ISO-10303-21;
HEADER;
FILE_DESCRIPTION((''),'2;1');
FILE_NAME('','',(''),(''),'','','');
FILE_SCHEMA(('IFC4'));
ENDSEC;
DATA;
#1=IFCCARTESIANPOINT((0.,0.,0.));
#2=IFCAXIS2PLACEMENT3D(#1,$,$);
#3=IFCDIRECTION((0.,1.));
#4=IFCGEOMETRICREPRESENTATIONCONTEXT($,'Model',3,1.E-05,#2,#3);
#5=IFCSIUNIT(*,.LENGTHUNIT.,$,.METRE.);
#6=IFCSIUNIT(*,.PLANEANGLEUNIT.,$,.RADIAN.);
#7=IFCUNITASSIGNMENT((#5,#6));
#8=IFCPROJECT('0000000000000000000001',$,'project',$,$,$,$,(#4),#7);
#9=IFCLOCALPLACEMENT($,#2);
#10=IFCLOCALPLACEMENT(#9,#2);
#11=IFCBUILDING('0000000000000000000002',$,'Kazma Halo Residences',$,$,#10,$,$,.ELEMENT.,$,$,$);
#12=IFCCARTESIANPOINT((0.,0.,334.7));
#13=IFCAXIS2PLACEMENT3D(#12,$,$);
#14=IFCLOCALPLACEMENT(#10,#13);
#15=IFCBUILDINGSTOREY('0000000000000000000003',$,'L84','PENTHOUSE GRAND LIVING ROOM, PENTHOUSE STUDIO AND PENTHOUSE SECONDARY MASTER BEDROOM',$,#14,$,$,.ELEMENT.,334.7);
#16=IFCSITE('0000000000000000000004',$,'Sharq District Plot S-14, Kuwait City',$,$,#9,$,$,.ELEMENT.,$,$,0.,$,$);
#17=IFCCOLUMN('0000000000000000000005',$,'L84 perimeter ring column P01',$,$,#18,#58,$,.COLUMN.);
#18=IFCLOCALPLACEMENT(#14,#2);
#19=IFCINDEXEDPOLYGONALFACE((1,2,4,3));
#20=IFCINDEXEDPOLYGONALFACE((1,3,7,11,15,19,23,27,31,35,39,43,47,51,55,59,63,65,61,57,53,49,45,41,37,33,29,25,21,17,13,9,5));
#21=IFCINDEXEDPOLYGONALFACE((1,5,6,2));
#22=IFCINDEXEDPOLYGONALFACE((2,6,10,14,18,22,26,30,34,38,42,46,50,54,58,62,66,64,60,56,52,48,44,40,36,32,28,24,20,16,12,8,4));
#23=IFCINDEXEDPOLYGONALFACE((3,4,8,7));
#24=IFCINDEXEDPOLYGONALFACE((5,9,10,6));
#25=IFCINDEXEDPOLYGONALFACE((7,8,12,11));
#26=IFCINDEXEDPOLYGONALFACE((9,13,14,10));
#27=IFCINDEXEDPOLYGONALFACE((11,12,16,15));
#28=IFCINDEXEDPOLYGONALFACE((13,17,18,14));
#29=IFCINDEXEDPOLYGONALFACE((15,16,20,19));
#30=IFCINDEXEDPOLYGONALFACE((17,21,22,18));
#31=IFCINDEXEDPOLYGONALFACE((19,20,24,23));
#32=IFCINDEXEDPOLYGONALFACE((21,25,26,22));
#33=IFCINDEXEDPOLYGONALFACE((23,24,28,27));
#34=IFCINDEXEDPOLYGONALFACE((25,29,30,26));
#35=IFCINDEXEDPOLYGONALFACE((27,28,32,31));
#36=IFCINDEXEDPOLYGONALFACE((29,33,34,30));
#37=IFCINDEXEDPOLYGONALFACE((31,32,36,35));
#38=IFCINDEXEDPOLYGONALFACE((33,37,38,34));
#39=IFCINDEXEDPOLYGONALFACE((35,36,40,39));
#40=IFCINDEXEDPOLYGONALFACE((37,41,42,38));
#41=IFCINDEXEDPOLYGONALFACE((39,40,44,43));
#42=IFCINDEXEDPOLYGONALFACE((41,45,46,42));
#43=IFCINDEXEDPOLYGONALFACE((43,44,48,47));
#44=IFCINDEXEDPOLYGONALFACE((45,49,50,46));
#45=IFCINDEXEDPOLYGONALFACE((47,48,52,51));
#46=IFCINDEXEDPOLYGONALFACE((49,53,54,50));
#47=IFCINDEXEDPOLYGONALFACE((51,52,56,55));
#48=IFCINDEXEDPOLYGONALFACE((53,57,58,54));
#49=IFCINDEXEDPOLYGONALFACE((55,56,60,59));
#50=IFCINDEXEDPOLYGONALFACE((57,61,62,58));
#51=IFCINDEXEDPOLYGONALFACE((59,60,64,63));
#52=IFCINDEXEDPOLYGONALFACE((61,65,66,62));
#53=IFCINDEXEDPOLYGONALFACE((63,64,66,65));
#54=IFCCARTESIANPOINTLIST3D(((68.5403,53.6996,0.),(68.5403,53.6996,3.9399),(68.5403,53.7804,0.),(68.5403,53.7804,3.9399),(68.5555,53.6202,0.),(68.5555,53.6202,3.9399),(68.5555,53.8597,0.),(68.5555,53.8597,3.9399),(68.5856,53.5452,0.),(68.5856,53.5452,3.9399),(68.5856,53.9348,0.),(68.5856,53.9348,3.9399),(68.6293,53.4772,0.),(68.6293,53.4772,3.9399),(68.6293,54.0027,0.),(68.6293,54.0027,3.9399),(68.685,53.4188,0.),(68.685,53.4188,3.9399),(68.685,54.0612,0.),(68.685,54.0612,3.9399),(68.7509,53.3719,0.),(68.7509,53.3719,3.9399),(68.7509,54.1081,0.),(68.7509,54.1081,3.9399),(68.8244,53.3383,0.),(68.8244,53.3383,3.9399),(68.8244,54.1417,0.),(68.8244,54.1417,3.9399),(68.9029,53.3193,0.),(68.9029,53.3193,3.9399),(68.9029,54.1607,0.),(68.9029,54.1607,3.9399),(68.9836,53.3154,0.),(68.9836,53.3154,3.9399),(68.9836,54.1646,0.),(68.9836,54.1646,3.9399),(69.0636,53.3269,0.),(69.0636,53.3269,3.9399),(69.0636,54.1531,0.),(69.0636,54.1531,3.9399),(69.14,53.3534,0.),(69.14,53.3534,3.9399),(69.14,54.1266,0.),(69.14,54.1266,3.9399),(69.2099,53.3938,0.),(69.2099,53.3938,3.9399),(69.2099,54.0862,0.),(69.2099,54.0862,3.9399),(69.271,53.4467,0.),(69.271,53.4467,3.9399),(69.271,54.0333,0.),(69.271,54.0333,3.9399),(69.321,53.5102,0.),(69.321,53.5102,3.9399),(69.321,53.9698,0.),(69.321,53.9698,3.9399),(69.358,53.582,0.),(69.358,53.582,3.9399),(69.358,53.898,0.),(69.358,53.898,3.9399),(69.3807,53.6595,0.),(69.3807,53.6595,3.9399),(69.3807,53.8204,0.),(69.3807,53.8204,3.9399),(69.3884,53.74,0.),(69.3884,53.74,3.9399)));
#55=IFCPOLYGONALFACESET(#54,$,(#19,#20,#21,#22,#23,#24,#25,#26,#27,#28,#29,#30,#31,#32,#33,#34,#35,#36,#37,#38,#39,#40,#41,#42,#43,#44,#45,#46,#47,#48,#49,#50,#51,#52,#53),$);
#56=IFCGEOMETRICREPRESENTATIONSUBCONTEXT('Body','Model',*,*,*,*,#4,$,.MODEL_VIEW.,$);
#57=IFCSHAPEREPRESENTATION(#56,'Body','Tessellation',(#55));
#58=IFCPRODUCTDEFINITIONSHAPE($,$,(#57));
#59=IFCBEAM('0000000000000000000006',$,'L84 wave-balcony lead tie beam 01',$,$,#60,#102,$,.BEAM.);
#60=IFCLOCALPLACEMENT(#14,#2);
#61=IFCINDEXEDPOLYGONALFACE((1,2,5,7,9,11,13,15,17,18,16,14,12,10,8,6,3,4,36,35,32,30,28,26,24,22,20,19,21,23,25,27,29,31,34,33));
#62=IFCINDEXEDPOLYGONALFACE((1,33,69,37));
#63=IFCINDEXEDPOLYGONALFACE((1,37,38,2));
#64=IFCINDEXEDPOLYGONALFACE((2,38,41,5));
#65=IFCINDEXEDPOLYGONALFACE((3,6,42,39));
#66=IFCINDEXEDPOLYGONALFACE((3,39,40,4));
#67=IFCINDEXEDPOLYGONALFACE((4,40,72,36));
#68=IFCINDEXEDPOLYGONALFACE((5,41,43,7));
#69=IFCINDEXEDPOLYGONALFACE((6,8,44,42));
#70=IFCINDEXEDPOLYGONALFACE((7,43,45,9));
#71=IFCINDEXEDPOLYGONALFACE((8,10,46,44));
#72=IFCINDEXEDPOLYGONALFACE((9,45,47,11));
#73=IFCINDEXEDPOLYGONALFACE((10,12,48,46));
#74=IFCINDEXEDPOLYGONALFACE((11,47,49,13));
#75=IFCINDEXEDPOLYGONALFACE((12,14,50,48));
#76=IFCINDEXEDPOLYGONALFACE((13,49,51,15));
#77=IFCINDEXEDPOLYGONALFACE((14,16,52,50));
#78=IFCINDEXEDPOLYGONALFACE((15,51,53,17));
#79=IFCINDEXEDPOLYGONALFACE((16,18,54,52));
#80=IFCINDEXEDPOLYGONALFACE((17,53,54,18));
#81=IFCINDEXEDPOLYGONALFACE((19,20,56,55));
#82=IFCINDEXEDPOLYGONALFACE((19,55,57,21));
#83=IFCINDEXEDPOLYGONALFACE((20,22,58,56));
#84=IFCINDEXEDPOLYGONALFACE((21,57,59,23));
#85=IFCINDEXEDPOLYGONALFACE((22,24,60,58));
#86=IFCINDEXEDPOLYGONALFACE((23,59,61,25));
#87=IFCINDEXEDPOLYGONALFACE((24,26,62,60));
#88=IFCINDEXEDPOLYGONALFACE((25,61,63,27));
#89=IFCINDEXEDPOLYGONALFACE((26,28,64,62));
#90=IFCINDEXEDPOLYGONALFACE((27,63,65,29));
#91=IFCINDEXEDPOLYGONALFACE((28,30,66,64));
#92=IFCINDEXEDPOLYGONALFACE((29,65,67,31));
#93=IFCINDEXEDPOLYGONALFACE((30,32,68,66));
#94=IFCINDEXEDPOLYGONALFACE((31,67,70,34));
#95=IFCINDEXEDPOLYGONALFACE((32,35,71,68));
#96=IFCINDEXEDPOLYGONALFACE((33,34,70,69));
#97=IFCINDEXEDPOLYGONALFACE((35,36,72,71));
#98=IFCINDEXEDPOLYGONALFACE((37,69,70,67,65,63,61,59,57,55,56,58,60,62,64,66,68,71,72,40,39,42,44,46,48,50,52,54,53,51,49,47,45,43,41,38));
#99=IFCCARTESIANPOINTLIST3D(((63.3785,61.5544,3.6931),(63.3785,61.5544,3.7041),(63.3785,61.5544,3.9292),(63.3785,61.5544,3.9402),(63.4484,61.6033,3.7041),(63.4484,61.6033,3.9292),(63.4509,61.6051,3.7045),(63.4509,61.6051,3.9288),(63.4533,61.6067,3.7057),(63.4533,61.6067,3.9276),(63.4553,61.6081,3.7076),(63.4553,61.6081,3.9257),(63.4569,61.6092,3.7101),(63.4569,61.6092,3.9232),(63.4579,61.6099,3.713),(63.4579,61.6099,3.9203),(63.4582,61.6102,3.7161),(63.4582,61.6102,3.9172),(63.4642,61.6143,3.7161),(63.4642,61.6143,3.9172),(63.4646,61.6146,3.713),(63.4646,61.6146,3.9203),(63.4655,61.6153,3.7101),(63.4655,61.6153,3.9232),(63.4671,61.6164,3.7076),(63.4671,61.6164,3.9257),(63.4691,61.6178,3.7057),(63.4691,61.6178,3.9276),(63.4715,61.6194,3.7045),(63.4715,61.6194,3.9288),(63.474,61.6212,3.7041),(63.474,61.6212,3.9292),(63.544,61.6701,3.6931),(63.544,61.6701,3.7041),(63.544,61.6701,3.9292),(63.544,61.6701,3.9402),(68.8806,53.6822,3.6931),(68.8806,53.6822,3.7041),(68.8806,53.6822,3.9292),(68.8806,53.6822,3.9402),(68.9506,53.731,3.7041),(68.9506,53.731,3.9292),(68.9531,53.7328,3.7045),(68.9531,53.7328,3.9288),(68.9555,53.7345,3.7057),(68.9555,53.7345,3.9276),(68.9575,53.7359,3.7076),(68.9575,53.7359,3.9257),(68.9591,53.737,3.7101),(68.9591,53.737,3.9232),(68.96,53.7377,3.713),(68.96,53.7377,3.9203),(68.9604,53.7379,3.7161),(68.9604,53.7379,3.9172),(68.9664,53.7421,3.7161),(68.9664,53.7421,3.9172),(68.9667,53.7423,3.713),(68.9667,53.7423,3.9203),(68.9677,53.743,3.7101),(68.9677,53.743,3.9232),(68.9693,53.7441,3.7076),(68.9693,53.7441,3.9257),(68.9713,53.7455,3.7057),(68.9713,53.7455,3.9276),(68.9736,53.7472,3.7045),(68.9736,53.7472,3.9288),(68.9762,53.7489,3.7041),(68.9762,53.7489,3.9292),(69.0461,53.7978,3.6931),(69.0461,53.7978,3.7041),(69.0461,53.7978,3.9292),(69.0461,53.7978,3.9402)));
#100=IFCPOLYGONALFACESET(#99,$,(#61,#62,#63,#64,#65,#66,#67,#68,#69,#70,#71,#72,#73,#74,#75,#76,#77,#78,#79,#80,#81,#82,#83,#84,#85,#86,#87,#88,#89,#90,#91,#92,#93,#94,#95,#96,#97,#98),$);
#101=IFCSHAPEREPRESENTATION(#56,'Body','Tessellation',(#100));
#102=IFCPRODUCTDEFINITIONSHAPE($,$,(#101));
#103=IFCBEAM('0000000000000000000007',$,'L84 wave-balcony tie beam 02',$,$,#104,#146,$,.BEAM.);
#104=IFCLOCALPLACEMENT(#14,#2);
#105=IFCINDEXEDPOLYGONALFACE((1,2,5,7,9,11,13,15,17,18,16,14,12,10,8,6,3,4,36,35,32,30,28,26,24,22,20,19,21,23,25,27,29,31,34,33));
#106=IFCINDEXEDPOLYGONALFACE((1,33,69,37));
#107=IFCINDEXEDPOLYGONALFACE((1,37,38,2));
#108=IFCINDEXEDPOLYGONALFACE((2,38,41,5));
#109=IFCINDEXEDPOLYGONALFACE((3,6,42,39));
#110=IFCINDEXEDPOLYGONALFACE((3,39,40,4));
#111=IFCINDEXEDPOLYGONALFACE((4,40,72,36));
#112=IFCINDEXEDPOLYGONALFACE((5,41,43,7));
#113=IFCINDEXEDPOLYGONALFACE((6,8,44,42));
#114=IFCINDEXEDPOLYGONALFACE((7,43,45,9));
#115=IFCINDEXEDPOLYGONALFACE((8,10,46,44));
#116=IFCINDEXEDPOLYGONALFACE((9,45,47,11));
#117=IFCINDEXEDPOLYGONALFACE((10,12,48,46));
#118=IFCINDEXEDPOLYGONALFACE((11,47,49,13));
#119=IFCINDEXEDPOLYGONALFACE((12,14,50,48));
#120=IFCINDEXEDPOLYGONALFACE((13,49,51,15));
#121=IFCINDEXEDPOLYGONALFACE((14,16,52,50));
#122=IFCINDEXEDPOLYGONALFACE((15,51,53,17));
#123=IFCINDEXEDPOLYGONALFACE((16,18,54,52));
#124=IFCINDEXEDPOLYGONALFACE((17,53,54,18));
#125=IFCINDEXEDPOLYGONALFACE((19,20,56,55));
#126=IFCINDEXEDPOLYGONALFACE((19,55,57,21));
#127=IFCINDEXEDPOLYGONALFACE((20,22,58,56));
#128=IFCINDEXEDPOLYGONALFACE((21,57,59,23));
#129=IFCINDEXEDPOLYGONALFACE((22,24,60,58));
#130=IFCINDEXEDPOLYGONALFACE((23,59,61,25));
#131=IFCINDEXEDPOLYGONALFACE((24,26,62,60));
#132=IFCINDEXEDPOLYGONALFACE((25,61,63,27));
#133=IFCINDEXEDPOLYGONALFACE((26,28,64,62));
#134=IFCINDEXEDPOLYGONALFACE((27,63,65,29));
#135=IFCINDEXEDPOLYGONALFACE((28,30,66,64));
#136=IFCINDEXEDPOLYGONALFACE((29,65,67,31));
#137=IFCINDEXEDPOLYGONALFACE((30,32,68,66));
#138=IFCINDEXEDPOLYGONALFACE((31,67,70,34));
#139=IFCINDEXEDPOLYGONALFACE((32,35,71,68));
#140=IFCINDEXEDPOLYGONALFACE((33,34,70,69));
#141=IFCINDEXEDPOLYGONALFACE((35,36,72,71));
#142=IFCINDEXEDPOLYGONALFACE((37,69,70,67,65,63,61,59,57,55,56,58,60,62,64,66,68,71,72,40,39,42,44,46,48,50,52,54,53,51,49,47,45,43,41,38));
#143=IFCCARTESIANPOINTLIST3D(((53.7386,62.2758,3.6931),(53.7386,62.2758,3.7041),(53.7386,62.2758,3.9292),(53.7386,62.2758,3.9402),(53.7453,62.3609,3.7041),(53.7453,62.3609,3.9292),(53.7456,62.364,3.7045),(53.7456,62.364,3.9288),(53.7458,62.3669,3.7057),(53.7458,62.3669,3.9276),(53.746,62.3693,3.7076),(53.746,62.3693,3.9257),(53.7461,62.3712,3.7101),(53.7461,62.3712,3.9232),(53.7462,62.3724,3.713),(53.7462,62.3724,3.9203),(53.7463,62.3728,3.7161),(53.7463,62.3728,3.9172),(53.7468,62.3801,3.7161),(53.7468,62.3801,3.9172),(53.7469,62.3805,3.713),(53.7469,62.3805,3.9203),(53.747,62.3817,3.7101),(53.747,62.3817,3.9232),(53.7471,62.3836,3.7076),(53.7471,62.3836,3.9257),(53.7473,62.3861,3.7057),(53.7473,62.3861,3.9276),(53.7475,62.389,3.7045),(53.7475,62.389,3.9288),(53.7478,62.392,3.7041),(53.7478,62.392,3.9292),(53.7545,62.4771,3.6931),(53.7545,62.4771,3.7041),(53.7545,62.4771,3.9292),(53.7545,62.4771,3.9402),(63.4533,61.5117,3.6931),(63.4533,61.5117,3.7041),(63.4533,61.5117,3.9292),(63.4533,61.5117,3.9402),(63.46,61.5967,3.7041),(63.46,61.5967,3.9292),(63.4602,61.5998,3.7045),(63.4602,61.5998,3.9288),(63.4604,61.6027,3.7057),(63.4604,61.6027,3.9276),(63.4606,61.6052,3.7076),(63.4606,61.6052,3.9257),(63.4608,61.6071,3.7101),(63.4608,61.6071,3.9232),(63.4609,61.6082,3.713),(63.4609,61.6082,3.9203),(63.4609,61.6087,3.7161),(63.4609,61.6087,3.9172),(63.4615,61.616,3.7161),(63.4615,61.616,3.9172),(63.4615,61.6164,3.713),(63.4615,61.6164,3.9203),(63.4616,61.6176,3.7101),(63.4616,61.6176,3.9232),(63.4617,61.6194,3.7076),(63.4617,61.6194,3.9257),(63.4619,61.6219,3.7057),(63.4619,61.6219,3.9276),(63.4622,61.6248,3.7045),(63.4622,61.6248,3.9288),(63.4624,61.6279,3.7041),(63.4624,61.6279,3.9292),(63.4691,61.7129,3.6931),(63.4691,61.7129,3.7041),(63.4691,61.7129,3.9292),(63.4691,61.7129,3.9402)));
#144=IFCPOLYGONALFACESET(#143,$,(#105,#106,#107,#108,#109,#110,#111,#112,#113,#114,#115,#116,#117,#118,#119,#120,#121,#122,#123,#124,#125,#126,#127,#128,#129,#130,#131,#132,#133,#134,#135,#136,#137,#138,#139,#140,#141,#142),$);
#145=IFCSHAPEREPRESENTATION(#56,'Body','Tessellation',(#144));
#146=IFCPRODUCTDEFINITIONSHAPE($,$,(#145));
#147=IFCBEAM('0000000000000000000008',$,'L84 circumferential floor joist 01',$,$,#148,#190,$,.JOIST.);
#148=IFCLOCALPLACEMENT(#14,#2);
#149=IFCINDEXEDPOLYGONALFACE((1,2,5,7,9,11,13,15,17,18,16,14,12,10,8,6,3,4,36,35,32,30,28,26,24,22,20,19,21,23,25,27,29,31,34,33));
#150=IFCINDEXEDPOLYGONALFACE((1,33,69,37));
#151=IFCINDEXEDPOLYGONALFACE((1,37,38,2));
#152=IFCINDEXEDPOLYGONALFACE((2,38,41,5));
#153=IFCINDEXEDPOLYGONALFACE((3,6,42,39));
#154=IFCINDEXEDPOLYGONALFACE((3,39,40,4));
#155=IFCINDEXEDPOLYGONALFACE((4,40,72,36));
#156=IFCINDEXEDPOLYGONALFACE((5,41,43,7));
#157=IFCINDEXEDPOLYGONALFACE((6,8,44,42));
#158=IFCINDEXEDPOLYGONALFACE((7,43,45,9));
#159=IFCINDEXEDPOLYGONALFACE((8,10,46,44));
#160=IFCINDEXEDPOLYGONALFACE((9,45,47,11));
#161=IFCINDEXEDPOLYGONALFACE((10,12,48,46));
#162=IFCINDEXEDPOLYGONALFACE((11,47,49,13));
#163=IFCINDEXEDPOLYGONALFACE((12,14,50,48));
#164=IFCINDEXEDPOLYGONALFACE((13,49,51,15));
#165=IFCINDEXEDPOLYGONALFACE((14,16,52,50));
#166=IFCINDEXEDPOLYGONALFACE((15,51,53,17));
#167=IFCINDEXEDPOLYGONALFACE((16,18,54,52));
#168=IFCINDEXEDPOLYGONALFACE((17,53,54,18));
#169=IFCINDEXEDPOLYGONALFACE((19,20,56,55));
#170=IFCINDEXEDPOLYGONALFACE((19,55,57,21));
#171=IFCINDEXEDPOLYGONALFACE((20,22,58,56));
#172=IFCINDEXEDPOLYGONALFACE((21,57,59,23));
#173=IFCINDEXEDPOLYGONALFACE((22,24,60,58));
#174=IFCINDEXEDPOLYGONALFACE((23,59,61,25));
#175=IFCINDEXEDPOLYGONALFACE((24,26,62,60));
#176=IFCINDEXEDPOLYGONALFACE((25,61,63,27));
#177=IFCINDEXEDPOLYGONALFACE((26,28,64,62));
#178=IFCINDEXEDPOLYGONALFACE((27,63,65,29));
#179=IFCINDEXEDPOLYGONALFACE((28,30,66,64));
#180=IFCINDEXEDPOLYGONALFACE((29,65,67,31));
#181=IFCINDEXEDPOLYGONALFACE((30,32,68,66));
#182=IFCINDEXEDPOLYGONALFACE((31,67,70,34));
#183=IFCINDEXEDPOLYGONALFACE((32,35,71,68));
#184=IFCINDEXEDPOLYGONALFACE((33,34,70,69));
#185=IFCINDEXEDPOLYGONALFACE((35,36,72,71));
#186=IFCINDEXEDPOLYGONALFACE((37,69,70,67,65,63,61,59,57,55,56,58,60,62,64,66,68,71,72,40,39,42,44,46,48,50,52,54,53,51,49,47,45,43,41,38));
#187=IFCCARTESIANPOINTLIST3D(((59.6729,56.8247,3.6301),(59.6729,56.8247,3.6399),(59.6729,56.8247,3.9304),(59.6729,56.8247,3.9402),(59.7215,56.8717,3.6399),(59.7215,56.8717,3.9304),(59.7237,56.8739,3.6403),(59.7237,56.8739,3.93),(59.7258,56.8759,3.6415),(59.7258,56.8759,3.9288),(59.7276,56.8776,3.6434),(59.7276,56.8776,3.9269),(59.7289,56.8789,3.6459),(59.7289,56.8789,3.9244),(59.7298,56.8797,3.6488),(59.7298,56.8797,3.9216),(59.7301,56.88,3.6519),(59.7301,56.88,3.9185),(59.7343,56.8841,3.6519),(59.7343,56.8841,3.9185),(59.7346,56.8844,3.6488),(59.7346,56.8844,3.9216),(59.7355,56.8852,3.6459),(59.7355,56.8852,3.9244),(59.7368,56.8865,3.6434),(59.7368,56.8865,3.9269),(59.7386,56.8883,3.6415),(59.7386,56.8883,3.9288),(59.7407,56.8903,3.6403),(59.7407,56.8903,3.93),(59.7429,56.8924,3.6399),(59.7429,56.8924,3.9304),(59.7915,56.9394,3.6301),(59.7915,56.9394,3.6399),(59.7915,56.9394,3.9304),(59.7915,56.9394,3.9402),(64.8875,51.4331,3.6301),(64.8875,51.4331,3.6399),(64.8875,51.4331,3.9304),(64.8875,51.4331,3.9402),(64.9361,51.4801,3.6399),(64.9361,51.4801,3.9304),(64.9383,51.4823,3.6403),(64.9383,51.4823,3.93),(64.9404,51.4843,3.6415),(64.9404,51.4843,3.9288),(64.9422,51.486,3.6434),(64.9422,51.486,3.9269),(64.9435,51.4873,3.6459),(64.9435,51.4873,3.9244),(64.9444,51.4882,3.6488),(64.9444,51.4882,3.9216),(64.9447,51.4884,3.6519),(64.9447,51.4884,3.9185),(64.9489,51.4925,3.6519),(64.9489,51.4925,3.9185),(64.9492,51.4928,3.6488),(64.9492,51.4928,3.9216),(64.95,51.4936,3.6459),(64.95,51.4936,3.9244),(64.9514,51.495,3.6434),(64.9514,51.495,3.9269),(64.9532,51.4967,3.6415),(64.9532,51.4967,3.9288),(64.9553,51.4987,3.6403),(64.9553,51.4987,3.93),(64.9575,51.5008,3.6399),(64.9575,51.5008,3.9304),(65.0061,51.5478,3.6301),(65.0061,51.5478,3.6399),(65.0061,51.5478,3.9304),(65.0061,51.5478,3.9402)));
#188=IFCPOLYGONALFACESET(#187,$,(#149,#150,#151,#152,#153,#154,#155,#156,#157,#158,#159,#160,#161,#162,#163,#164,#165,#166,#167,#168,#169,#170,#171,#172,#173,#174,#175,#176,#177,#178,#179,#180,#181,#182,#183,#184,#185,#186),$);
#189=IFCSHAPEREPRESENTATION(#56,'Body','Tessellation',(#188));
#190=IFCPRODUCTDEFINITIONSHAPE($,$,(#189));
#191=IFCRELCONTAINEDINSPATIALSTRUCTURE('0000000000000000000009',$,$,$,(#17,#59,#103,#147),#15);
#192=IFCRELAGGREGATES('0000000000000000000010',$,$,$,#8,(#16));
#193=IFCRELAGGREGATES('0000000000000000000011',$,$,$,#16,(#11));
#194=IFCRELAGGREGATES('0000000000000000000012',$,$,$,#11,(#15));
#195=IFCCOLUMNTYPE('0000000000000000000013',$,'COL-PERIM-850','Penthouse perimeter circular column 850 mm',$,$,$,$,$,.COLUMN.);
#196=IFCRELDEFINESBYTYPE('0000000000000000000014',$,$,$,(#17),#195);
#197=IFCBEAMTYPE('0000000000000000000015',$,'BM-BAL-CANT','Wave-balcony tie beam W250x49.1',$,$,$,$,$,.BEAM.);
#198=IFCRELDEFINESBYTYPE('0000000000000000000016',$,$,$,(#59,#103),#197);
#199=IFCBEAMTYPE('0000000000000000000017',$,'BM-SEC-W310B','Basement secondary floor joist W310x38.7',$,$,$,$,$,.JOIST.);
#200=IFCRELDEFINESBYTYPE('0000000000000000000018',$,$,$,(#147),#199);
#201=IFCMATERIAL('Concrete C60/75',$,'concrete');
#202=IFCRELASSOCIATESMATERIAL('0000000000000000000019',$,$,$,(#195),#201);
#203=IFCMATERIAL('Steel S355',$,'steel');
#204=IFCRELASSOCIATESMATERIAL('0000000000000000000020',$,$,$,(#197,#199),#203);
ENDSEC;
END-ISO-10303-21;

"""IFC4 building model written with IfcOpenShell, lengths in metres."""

from ifc_helpers import new_model, si_unit, direction, frame, origin, origin_2d, place, context, subcontext, project, spatial, circle, i_section, extrude, material, material_profile, profile_set, type_object, element, save


model = new_model("IFC4")

# Units and contexts
model_context = context("Model", 3, precision=1e-05, world=origin(), true_north=direction((0.0, 1.0)))
body_context = subcontext(model_context, "Body", "Model", "MODEL_VIEW")
ifc_project = project(units=[si_unit("LENGTHUNIT", "METRE"), si_unit("PLANEANGLEUNIT", "RADIAN")], contexts=[model_context])

# Site, building, storey
site_placement = place(None, origin())
site = spatial("IfcSite", under=ifc_project, at=site_placement, Name="Sharq District Plot S-14, Kuwait City", CompositionType="ELEMENT", RefElevation=0.0)
building_placement = place(site_placement, origin())
building = spatial("IfcBuilding", under=site, at=building_placement, Name="Kazma Halo Residences", CompositionType="ELEMENT")
storey_placement = place(building_placement, frame((0.0, 0.0, 334.7)))
storey = spatial("IfcBuildingStorey", under=building, at=storey_placement, Name="L84", Description="PENTHOUSE GRAND LIVING ROOM, PENTHOUSE STUDIO AND PENTHOUSE SECONDARY MASTER BEDROOM", CompositionType="ELEMENT", Elevation=334.7)

# Column
ifc_material_1 = material(Name="Concrete C60/75", Category="concrete")
ifc_material_profile_1 = material_profile(ifc_material_1, circle(Radius=0.425, at=origin_2d()), Name="CIRC850")
ifc_profile_set_1 = profile_set([ifc_material_profile_1], Name="Concrete C60/75")
column_type = type_object("IfcColumnType", Name="COL-PERIM-850", Description="Penthouse perimeter circular column 850 mm", PredefinedType="COLUMN", material=ifc_profile_set_1)
column_placement = place(storey_placement, frame((68.9634, 53.74, 0.0), z_axis=(0.0, 0.0, 1.0), x_axis=(1.0, 0.0, 0.0)))
element("IfcColumn", 1, at=column_placement, inside=storey, type_object=column_type, Name="L84 perimeter ring column P01", PredefinedType="COLUMN", context=body_context, shape_type="SweptSolid", body=[
    extrude(circle(Radius=0.425, at=origin_2d()), origin(), (0.0, 0.0, 1.0), 3.9399),
])

# Beams
ifc_material_2 = material(Name="Steel S355", Category="steel")
ifc_material_profile_2 = material_profile(ifc_material_2, i_section(OverallWidth=0.2019, OverallDepth=0.2471, WebThickness=0.0073, FlangeThickness=0.011, FilletRadius=0.012, at=origin_2d()), Name="W250x49.1")
ifc_profile_set_2 = profile_set([ifc_material_profile_2], Name="Steel S355")
beam_type_1 = type_object("IfcBeamType", Name="BM-BAL-CANT", Description="Wave-balcony tie beam W250x49.1", PredefinedType="BEAM", material=ifc_profile_set_2)
beam_1_placement = place(storey_placement, frame((68.9634, 53.74, 3.8167), z_axis=(-0.572874, 0.819644, 0.0), x_axis=(-0.819644, -0.572874, 0.0)))
element("IfcBeam", 2, at=beam_1_placement, inside=storey, type_object=beam_type_1, Name="L84 wave-balcony lead tie beam 01", PredefinedType="BEAM", context=body_context, shape_type="SweptSolid", body=[
    extrude(i_section(OverallWidth=0.2019, OverallDepth=0.2471, WebThickness=0.0073, FlangeThickness=0.011, FilletRadius=0.012, at=origin_2d()), origin(), (0.0, 0.0, 1.0), 9.6045),
])
beam_2_placement = place(storey_placement, frame((63.4612, 61.6123, 3.8167), z_axis=(-0.996921, 0.078419, 0.0), x_axis=(-0.078419, -0.996921, 0.0)))
element("IfcBeam", 3, at=beam_2_placement, inside=storey, type_object=beam_type_1, Name="L84 wave-balcony tie beam 02", PredefinedType="BEAM", context=body_context, shape_type="SweptSolid", body=[
    extrude(i_section(OverallWidth=0.2019, OverallDepth=0.2471, WebThickness=0.0073, FlangeThickness=0.011, FilletRadius=0.012, at=origin_2d()), origin(), (0.0, 0.0, 1.0), 9.7446),
])
ifc_material_profile_3 = material_profile(ifc_material_2, i_section(OverallWidth=0.165, OverallDepth=0.3101, WebThickness=0.0059, FlangeThickness=0.0098, FilletRadius=0.012, at=origin_2d()), Name="W310x38.7")
ifc_profile_set_3 = profile_set([ifc_material_profile_3], Name="Steel S355")
beam_type_2 = type_object("IfcBeamType", Name="BM-SEC-W310B", Description="Basement secondary floor joist W310x38.7", PredefinedType="JOIST", material=ifc_profile_set_3)
beam_3_placement = place(storey_placement, frame((64.9468, 51.4905, 3.7852), z_axis=(-0.695209, 0.718807, 0.0), x_axis=(-0.718807, -0.695209, 0.0)))
element("IfcBeam", 4, at=beam_3_placement, inside=storey, type_object=beam_type_2, Name="L84 circumferential floor joist 01", PredefinedType="JOIST", context=body_context, shape_type="SweptSolid", body=[
    extrude(i_section(OverallWidth=0.165, OverallDepth=0.3101, WebThickness=0.0059, FlangeThickness=0.0098, FilletRadius=0.012, at=origin_2d()), origin(), (0.0, 0.0, 1.0), 7.5007),
])

save(model, "model.ifc")
